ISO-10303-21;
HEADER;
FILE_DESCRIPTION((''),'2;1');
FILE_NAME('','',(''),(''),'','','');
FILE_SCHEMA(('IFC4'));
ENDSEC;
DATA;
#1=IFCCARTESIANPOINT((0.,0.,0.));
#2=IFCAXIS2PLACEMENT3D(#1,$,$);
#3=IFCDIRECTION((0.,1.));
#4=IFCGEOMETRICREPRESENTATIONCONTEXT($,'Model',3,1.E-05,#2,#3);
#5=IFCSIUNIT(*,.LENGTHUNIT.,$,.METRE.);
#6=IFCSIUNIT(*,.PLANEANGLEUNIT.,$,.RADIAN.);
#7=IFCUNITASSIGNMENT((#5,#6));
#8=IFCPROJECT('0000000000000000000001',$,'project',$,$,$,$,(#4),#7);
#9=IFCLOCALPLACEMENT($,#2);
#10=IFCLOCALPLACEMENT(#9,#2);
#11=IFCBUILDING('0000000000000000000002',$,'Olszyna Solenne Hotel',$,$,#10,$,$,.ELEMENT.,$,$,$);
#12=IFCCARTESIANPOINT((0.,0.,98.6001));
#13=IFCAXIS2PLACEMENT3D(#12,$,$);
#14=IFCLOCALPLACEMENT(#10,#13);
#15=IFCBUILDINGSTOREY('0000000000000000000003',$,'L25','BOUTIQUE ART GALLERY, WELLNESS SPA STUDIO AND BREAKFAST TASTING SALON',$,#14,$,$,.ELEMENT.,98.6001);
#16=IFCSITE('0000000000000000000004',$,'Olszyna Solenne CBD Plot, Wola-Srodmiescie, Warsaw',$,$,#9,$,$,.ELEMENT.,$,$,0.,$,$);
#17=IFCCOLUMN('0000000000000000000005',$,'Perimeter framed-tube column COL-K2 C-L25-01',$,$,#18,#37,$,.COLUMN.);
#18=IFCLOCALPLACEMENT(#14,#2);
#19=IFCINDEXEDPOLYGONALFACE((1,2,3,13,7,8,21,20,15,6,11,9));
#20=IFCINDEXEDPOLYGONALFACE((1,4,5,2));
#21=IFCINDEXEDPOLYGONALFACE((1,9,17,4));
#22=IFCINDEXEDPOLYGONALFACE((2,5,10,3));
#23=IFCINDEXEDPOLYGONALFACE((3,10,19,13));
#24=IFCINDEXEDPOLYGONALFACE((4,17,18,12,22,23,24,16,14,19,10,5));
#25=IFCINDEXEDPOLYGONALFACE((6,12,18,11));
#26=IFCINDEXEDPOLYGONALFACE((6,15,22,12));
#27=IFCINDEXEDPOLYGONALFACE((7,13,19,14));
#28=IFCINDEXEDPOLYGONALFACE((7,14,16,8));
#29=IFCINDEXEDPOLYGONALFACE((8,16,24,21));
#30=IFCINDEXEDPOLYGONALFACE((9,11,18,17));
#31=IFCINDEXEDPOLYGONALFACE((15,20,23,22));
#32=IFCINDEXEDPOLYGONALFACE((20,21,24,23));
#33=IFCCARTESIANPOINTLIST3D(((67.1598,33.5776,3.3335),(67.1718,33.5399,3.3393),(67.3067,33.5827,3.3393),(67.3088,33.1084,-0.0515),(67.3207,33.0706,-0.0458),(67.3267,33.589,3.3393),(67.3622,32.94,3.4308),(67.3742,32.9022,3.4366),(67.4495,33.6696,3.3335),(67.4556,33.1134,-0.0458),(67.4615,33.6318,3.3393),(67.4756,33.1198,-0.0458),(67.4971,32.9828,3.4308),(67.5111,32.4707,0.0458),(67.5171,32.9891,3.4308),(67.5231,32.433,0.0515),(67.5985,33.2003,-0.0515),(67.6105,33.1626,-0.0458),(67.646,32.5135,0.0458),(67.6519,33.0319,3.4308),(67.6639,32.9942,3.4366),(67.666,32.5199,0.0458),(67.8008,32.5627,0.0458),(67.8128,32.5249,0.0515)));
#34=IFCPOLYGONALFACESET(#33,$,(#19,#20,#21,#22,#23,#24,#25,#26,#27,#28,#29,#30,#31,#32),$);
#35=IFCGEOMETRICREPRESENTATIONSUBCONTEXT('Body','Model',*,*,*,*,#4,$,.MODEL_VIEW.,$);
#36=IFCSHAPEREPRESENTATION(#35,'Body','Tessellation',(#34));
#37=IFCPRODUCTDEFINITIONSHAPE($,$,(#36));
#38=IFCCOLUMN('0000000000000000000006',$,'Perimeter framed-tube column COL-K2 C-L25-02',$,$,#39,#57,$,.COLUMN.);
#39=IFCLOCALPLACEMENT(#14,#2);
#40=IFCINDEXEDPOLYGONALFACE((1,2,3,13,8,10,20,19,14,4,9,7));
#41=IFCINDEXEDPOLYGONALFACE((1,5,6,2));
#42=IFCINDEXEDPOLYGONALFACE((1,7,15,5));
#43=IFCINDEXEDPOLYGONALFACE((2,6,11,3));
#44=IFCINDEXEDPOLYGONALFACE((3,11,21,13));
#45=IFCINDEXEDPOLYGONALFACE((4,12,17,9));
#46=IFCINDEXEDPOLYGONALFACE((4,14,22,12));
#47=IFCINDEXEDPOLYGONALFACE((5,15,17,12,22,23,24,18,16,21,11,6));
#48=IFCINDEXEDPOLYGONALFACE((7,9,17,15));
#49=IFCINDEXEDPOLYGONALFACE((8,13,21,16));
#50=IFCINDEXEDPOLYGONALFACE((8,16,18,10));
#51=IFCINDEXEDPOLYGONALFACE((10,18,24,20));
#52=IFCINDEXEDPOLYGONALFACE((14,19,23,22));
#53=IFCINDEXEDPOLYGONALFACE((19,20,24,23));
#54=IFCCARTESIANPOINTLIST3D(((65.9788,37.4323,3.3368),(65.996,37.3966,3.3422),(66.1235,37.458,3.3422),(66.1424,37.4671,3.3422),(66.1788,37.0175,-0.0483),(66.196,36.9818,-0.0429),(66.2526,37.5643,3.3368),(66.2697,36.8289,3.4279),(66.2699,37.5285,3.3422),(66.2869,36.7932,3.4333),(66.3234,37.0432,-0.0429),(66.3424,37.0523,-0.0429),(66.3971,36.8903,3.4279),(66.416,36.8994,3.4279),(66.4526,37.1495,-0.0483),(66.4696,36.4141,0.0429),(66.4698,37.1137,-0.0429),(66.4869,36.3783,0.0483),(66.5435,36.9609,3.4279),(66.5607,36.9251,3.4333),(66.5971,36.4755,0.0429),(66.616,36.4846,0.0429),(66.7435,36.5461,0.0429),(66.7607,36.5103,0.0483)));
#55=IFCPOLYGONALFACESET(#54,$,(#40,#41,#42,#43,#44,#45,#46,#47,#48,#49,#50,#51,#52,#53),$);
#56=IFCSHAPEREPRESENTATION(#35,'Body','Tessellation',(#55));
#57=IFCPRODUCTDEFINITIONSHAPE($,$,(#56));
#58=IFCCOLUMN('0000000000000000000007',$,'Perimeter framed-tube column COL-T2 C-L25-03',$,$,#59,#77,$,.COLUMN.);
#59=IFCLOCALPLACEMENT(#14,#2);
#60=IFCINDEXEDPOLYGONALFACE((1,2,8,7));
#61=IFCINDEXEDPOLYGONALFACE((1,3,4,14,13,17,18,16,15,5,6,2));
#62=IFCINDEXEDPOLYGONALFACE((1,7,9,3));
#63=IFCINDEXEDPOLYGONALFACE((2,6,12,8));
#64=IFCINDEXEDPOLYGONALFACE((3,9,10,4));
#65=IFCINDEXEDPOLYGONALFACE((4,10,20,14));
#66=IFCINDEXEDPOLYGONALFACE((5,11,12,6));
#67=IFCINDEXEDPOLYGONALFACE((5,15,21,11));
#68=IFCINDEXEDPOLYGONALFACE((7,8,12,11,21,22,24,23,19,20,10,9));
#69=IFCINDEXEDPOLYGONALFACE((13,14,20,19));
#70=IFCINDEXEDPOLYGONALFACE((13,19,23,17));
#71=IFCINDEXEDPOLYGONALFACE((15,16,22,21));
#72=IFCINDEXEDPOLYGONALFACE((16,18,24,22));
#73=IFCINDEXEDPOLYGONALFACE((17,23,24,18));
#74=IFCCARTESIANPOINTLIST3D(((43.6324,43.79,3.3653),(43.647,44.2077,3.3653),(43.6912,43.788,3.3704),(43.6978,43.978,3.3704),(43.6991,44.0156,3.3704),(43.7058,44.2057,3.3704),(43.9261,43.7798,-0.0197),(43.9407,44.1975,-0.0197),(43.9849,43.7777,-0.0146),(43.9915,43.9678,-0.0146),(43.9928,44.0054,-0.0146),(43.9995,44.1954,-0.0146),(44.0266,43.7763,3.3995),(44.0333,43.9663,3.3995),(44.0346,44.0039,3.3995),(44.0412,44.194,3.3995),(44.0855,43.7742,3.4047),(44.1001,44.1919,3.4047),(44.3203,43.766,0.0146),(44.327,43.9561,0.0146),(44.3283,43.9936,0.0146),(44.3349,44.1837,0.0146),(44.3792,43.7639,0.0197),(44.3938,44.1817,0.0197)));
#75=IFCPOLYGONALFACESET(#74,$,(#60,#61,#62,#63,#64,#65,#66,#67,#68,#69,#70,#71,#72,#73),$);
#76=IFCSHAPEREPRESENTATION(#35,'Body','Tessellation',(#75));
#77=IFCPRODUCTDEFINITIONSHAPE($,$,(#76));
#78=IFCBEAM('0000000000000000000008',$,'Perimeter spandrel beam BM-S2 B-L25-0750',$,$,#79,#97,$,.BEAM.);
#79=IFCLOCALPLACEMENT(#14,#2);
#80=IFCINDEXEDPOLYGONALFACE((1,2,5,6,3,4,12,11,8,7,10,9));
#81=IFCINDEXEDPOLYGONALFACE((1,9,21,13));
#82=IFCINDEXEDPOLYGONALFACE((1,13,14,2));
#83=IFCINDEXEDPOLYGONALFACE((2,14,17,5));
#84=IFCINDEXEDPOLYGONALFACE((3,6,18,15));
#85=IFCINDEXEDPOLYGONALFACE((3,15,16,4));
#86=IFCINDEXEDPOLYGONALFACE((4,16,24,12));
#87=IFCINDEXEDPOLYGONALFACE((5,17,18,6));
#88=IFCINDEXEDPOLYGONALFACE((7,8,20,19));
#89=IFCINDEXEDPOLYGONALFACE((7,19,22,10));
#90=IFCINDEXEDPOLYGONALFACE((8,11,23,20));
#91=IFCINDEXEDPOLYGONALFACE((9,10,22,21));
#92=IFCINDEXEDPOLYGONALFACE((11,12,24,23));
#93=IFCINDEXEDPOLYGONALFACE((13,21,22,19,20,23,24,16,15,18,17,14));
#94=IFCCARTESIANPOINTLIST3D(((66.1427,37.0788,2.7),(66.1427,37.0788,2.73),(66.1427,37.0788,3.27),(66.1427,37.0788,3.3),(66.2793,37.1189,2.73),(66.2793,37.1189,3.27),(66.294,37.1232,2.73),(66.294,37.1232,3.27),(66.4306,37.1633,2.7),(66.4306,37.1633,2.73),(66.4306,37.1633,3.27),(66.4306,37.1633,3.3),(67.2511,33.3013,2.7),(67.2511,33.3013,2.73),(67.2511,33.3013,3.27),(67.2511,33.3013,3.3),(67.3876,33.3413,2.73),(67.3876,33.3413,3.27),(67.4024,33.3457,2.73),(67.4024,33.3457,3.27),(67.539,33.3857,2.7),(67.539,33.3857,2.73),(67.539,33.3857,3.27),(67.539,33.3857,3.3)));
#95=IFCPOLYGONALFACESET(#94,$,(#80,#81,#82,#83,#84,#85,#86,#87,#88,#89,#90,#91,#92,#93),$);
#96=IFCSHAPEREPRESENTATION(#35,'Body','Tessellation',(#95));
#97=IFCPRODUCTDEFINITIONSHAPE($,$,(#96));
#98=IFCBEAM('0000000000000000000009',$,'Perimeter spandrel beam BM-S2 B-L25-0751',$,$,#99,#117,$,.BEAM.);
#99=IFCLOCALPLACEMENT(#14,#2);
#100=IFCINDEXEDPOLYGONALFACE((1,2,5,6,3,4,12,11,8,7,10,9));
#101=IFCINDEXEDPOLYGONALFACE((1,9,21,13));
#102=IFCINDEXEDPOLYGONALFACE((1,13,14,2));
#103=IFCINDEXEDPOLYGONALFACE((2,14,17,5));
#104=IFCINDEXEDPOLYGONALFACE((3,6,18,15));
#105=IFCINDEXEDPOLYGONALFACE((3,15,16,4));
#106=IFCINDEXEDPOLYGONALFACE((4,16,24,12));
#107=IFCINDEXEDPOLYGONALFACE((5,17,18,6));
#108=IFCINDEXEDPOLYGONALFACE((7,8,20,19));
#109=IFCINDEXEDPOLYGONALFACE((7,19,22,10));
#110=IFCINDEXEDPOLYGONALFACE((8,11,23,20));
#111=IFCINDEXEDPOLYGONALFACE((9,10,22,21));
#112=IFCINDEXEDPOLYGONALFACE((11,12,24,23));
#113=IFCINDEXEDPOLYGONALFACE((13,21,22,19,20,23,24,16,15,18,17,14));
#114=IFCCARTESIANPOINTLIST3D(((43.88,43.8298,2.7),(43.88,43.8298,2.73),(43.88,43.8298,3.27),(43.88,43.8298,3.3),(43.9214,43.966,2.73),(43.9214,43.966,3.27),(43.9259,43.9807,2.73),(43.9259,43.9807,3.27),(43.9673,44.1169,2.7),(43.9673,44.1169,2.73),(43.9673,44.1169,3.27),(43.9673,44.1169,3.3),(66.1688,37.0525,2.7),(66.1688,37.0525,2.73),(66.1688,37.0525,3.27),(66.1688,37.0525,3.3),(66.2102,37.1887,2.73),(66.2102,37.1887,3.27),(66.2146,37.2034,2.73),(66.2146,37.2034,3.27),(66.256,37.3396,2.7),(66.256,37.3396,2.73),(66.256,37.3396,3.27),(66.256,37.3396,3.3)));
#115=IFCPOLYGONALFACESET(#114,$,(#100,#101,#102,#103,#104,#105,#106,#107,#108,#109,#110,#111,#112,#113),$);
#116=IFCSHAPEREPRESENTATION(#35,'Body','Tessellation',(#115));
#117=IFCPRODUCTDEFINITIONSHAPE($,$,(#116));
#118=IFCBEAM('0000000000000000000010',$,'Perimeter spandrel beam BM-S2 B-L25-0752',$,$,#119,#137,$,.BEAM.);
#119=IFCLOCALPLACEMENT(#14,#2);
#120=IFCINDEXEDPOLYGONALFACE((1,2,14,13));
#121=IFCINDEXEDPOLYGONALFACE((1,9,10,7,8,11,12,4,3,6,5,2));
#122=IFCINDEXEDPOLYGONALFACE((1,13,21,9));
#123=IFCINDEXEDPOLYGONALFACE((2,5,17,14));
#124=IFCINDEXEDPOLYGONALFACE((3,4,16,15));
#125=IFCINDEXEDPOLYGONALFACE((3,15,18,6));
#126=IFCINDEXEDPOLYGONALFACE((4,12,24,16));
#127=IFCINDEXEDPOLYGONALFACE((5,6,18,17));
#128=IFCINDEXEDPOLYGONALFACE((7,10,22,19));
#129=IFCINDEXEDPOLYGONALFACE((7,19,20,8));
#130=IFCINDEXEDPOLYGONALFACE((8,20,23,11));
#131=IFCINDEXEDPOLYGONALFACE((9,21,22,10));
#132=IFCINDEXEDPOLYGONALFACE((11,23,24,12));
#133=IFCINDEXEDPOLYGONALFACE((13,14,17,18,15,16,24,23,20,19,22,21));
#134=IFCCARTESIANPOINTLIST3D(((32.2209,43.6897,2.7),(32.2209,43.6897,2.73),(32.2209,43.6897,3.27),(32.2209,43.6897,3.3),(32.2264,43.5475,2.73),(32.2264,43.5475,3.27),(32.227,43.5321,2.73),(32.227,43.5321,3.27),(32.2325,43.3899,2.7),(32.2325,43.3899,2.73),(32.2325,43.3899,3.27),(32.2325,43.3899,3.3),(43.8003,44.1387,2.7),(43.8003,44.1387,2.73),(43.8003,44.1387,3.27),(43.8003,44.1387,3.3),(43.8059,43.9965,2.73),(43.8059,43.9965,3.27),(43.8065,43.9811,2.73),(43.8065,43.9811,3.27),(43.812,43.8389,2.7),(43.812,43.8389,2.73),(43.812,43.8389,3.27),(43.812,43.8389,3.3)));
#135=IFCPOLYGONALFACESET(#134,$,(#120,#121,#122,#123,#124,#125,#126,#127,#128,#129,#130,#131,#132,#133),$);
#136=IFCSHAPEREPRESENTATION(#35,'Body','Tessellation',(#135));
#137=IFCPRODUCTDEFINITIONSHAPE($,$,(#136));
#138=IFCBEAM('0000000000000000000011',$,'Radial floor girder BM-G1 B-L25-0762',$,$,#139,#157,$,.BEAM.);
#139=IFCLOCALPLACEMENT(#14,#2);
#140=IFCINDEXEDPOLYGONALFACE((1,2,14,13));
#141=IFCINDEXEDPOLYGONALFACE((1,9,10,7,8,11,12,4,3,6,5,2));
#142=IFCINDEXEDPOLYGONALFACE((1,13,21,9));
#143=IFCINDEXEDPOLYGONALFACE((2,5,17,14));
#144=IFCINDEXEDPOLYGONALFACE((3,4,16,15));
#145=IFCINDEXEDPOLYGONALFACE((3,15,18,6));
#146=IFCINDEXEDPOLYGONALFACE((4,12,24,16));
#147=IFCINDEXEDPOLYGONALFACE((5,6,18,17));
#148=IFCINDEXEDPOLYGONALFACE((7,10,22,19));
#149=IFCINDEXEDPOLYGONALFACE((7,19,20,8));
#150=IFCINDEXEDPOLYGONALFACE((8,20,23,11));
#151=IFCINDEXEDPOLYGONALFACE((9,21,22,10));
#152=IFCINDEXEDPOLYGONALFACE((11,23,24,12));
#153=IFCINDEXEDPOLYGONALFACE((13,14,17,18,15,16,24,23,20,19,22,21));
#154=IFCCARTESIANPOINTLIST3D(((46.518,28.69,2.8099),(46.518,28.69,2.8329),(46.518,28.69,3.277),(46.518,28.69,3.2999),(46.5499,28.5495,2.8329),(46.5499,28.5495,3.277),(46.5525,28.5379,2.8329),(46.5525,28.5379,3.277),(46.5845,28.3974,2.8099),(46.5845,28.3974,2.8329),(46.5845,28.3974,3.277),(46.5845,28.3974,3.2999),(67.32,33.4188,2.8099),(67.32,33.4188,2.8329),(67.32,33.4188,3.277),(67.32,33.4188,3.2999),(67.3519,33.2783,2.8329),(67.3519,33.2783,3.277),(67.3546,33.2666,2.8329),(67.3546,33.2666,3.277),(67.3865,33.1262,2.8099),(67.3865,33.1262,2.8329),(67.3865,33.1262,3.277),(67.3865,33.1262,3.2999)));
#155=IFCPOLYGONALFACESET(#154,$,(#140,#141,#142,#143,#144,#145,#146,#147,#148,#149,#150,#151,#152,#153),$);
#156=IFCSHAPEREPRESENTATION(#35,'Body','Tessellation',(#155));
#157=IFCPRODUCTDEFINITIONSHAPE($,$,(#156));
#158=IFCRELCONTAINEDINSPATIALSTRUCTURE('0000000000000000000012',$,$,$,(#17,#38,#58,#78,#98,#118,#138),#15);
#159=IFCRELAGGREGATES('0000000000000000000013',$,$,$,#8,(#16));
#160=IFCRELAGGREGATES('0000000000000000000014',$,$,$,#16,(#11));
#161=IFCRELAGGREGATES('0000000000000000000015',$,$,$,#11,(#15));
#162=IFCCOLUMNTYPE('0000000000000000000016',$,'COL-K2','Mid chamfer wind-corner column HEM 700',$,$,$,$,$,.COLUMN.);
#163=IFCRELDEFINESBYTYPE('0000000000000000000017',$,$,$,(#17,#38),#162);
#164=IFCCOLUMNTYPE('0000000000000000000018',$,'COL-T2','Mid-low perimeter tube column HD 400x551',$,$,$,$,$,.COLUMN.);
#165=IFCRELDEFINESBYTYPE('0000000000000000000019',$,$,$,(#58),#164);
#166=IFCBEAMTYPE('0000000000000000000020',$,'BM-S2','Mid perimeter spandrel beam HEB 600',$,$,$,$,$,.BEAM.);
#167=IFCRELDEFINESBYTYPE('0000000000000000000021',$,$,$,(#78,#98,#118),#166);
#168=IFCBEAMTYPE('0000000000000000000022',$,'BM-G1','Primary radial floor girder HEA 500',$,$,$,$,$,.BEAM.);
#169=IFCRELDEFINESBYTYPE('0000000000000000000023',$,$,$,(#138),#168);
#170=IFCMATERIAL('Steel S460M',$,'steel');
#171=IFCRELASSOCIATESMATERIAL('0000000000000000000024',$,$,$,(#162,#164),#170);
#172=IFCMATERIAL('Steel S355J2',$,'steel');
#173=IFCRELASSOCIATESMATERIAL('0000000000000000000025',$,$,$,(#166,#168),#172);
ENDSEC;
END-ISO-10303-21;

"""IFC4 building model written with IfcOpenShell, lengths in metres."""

from ifc_helpers import new_model, si_unit, direction, frame, origin, origin_2d, place, context, subcontext, project, spatial, i_section, extrude, source, transform, mapped, material, material_profile, profile_set, type_object, element, save


model = new_model("IFC4")

# Units and contexts
model_context = context("Model", 3, precision=1e-05, world=origin(), true_north=direction((0.0, 1.0)))
body_context = subcontext(model_context, "Body", "Model", "MODEL_VIEW")
ifc_project = project(units=[si_unit("LENGTHUNIT", "METRE"), si_unit("PLANEANGLEUNIT", "RADIAN")], contexts=[model_context])

# Site, building, storey
site_placement = place(None, origin())
site = spatial("IfcSite", under=ifc_project, at=site_placement, Name="Olszyna Solenne CBD Plot, Wola-Srodmiescie, Warsaw", CompositionType="ELEMENT", RefElevation=0.0)
building_placement = place(site_placement, origin())
building = spatial("IfcBuilding", under=site, at=building_placement, Name="Olszyna Solenne Hotel", CompositionType="ELEMENT")
storey_placement = place(building_placement, frame((0.0, 0.0, 98.6001)))
storey = spatial("IfcBuildingStorey", under=building, at=storey_placement, Name="L25", Description="BOUTIQUE ART GALLERY, WELLNESS SPA STUDIO AND BREAKFAST TASTING SALON", CompositionType="ELEMENT", Elevation=98.6001)

# Columns
ifc_material_1 = material(Name="Steel S460M", Category="steel")
ifc_material_profile_1 = material_profile(ifc_material_1, i_section(OverallWidth=0.304, OverallDepth=0.7161, WebThickness=0.021, FlangeThickness=0.04, at=origin_2d()), Name="HEM 700", Category="load-bearing")
ifc_profile_set_1 = profile_set([ifc_material_profile_1], Name="Steel S460M")
column_type_1 = type_object("IfcColumnType", Name="COL-K2", Description="Mid chamfer wind-corner column HEM 700", PredefinedType="COLUMN", material=ifc_profile_set_1)
shared_shape_1 = source(origin(), body_context, "Body", "SweptSolid", [
    extrude(i_section(OverallWidth=0.304, OverallDepth=0.7161, WebThickness=0.021, FlangeThickness=0.04, at=origin_2d()), origin(), (0.0, 0.0, 1.0), 3.4207),
])
column_1_placement = place(storey_placement, frame((67.5608, 32.8167, 0.0), z_axis=(-0.043538, 0.137179, 0.989589), x_axis=(-0.953147, -0.302508, 0.0)))
element("IfcColumn", 1, at=column_1_placement, inside=storey, type_object=column_type_1, Name="Perimeter framed-tube column COL-K2 C-L25-01", PredefinedType="COLUMN", context=body_context, shape_type="MappedRepresentation", body=[
    mapped(shared_shape_1, transform((0.0, 0.0, 0.0), x_axis=(1.0, 0.0, 0.0), y_axis=(0.0, 1.0, 0.0), z_axis=(0.0, 0.0, 1.0), scale=1.0)),
])
shared_shape_2 = source(origin(), body_context, "Body", "SweptSolid", [
    extrude(i_section(OverallWidth=0.304, OverallDepth=0.7161, WebThickness=0.021, FlangeThickness=0.04, at=origin_2d()), origin(), (0.0, 0.0, 1.0), 3.4163),
])
column_2_placement = place(storey_placement, frame((66.4697, 36.7639, 0.0), z_axis=(-0.058531, 0.12142, 0.990874), x_axis=(-0.900802, -0.43423, 0.0)))
element("IfcColumn", 2, at=column_2_placement, inside=storey, type_object=column_type_1, Name="Perimeter framed-tube column COL-K2 C-L25-02", PredefinedType="COLUMN", context=body_context, shape_type="MappedRepresentation", body=[
    mapped(shared_shape_2, transform((0.0, 0.0, 0.0), x_axis=(1.0, 0.0, 0.0), y_axis=(0.0, 1.0, 0.0), z_axis=(0.0, 0.0, 1.0), scale=1.0)),
])
ifc_material_profile_2 = material_profile(ifc_material_1, i_section(OverallWidth=0.418, OverallDepth=0.4551, WebThickness=0.0376, FlangeThickness=0.0591, at=origin_2d()), Name="HD 400x551", Category="load-bearing")
ifc_profile_set_2 = profile_set([ifc_material_profile_2], Name="Steel S460M")
column_type_2 = type_object("IfcColumnType", Name="COL-T2", Description="Mid-low perimeter tube column HD 400x551", PredefinedType="COLUMN", material=ifc_profile_set_2)
shared_shape_3 = source(origin(), body_context, "Body", "SweptSolid", [
    extrude(i_section(OverallWidth=0.418, OverallDepth=0.4551, WebThickness=0.0376, FlangeThickness=0.0591, at=origin_2d()), origin(), (0.0, 0.0, 1.0), 3.3977),
])
column_3_placement = place(storey_placement, frame((44.1599, 43.9807, 0.0), z_axis=(-0.08644, 0.003018, 0.996252), x_axis=(-0.034891, -0.999391, 0.0)))
element("IfcColumn", 3, at=column_3_placement, inside=storey, type_object=column_type_2, Name="Perimeter framed-tube column COL-T2 C-L25-03", PredefinedType="COLUMN", context=body_context, shape_type="MappedRepresentation", body=[
    mapped(shared_shape_3, transform((0.0, 0.0, 0.0), x_axis=(1.0, 0.0, 0.0), y_axis=(0.0, 1.0, 0.0), z_axis=(0.0, 0.0, 1.0), scale=1.0)),
])

# Beams
ifc_material_2 = material(Name="Steel S355J2", Category="steel")
ifc_material_profile_3 = material_profile(ifc_material_2, i_section(OverallWidth=0.3, OverallDepth=0.6001, WebThickness=0.0154, FlangeThickness=0.03, at=origin_2d()), Name="HEB 600", Category="load-bearing")
ifc_profile_set_3 = profile_set([ifc_material_profile_3], Name="Steel S355J2")
beam_type_1 = type_object("IfcBeamType", Name="BM-S2", Description="Mid perimeter spandrel beam HEB 600", PredefinedType="BEAM", material=ifc_profile_set_3)
shared_shape_4 = source(origin(), body_context, "Body", "SweptSolid", [
    extrude(i_section(OverallWidth=0.3, OverallDepth=0.6001, WebThickness=0.0154, FlangeThickness=0.03, at=origin_2d()), origin(), (0.0, 0.0, 1.0), 3.9368),
])
beam_1_placement = place(storey_placement, frame((67.395, 33.3435, 3.0), z_axis=(-0.281545, 0.959548, 0.0), x_axis=(-0.959548, -0.281545, 0.0)))
element("IfcBeam", 4, at=beam_1_placement, inside=storey, type_object=beam_type_1, Name="Perimeter spandrel beam BM-S2 B-L25-0750", PredefinedType="BEAM", context=body_context, shape_type="MappedRepresentation", body=[
    mapped(shared_shape_4, transform((0.0, 0.0, 0.0), x_axis=(1.0, 0.0, 0.0), y_axis=(0.0, 1.0, 0.0), z_axis=(0.0, 0.0, 1.0), scale=1.0)),
])
shared_shape_5 = source(origin(), body_context, "Body", "SweptSolid", [
    extrude(i_section(OverallWidth=0.3, OverallDepth=0.6001, WebThickness=0.0154, FlangeThickness=0.03, at=origin_2d()), origin(), (0.0, 0.0, 1.0), 23.2964),
])
beam_2_placement = place(storey_placement, frame((66.2124, 37.196, 3.0), z_axis=(-0.956748, 0.290918, 0.0), x_axis=(-0.290918, -0.956748, 0.0)))
element("IfcBeam", 5, at=beam_2_placement, inside=storey, type_object=beam_type_1, Name="Perimeter spandrel beam BM-S2 B-L25-0751", PredefinedType="BEAM", context=body_context, shape_type="MappedRepresentation", body=[
    mapped(shared_shape_5, transform((0.0, 0.0, 0.0), x_axis=(1.0, 0.0, 0.0), y_axis=(0.0, 1.0, 0.0), z_axis=(0.0, 0.0, 1.0), scale=1.0)),
])
shared_shape_6 = source(origin(), body_context, "Body", "SweptSolid", [
    extrude(i_section(OverallWidth=0.3, OverallDepth=0.6001, WebThickness=0.0154, FlangeThickness=0.03, at=origin_2d()), origin(), (0.0, 0.0, 1.0), 11.5881),
])
beam_3_placement = place(storey_placement, frame((43.8062, 43.9888, 3.0), z_axis=(-0.999249, -0.038745, 0.0), x_axis=(0.038745, -0.999249, 0.0)))
element("IfcBeam", 6, at=beam_3_placement, inside=storey, type_object=beam_type_1, Name="Perimeter spandrel beam BM-S2 B-L25-0752", PredefinedType="BEAM", context=body_context, shape_type="MappedRepresentation", body=[
    mapped(shared_shape_6, transform((0.0, 0.0, 0.0), x_axis=(1.0, 0.0, 0.0), y_axis=(0.0, 1.0, 0.0), z_axis=(0.0, 0.0, 1.0), scale=1.0)),
])
ifc_material_profile_4 = material_profile(ifc_material_2, i_section(OverallWidth=0.3, OverallDepth=0.49, WebThickness=0.012, FlangeThickness=0.0229, at=origin_2d()), Name="HEA 500", Category="load-bearing")
ifc_profile_set_4 = profile_set([ifc_material_profile_4], Name="Steel S355J2")
beam_type_2 = type_object("IfcBeamType", Name="BM-G1", Description="Primary radial floor girder HEA 500", PredefinedType="BEAM", material=ifc_profile_set_4)
shared_shape_7 = source(origin(), body_context, "Body", "SweptSolid", [
    extrude(i_section(OverallWidth=0.3, OverallDepth=0.49, WebThickness=0.012, FlangeThickness=0.0229, at=origin_2d()), origin(), (0.0, 0.0, 1.0), 21.3328),
])
beam_4_placement = place(storey_placement, frame((67.3533, 33.2725, 3.0549), z_axis=(-0.975122, -0.221667, 0.0), x_axis=(0.221667, -0.975122, 0.0)))
element("IfcBeam", 7, at=beam_4_placement, inside=storey, type_object=beam_type_2, Name="Radial floor girder BM-G1 B-L25-0762", PredefinedType="BEAM", context=body_context, shape_type="MappedRepresentation", body=[
    mapped(shared_shape_7, transform((0.0, 0.0, 0.0), x_axis=(1.0, 0.0, 0.0), y_axis=(0.0, 1.0, 0.0), z_axis=(0.0, 0.0, 1.0), scale=1.0)),
])

save(model, "model.ifc")
